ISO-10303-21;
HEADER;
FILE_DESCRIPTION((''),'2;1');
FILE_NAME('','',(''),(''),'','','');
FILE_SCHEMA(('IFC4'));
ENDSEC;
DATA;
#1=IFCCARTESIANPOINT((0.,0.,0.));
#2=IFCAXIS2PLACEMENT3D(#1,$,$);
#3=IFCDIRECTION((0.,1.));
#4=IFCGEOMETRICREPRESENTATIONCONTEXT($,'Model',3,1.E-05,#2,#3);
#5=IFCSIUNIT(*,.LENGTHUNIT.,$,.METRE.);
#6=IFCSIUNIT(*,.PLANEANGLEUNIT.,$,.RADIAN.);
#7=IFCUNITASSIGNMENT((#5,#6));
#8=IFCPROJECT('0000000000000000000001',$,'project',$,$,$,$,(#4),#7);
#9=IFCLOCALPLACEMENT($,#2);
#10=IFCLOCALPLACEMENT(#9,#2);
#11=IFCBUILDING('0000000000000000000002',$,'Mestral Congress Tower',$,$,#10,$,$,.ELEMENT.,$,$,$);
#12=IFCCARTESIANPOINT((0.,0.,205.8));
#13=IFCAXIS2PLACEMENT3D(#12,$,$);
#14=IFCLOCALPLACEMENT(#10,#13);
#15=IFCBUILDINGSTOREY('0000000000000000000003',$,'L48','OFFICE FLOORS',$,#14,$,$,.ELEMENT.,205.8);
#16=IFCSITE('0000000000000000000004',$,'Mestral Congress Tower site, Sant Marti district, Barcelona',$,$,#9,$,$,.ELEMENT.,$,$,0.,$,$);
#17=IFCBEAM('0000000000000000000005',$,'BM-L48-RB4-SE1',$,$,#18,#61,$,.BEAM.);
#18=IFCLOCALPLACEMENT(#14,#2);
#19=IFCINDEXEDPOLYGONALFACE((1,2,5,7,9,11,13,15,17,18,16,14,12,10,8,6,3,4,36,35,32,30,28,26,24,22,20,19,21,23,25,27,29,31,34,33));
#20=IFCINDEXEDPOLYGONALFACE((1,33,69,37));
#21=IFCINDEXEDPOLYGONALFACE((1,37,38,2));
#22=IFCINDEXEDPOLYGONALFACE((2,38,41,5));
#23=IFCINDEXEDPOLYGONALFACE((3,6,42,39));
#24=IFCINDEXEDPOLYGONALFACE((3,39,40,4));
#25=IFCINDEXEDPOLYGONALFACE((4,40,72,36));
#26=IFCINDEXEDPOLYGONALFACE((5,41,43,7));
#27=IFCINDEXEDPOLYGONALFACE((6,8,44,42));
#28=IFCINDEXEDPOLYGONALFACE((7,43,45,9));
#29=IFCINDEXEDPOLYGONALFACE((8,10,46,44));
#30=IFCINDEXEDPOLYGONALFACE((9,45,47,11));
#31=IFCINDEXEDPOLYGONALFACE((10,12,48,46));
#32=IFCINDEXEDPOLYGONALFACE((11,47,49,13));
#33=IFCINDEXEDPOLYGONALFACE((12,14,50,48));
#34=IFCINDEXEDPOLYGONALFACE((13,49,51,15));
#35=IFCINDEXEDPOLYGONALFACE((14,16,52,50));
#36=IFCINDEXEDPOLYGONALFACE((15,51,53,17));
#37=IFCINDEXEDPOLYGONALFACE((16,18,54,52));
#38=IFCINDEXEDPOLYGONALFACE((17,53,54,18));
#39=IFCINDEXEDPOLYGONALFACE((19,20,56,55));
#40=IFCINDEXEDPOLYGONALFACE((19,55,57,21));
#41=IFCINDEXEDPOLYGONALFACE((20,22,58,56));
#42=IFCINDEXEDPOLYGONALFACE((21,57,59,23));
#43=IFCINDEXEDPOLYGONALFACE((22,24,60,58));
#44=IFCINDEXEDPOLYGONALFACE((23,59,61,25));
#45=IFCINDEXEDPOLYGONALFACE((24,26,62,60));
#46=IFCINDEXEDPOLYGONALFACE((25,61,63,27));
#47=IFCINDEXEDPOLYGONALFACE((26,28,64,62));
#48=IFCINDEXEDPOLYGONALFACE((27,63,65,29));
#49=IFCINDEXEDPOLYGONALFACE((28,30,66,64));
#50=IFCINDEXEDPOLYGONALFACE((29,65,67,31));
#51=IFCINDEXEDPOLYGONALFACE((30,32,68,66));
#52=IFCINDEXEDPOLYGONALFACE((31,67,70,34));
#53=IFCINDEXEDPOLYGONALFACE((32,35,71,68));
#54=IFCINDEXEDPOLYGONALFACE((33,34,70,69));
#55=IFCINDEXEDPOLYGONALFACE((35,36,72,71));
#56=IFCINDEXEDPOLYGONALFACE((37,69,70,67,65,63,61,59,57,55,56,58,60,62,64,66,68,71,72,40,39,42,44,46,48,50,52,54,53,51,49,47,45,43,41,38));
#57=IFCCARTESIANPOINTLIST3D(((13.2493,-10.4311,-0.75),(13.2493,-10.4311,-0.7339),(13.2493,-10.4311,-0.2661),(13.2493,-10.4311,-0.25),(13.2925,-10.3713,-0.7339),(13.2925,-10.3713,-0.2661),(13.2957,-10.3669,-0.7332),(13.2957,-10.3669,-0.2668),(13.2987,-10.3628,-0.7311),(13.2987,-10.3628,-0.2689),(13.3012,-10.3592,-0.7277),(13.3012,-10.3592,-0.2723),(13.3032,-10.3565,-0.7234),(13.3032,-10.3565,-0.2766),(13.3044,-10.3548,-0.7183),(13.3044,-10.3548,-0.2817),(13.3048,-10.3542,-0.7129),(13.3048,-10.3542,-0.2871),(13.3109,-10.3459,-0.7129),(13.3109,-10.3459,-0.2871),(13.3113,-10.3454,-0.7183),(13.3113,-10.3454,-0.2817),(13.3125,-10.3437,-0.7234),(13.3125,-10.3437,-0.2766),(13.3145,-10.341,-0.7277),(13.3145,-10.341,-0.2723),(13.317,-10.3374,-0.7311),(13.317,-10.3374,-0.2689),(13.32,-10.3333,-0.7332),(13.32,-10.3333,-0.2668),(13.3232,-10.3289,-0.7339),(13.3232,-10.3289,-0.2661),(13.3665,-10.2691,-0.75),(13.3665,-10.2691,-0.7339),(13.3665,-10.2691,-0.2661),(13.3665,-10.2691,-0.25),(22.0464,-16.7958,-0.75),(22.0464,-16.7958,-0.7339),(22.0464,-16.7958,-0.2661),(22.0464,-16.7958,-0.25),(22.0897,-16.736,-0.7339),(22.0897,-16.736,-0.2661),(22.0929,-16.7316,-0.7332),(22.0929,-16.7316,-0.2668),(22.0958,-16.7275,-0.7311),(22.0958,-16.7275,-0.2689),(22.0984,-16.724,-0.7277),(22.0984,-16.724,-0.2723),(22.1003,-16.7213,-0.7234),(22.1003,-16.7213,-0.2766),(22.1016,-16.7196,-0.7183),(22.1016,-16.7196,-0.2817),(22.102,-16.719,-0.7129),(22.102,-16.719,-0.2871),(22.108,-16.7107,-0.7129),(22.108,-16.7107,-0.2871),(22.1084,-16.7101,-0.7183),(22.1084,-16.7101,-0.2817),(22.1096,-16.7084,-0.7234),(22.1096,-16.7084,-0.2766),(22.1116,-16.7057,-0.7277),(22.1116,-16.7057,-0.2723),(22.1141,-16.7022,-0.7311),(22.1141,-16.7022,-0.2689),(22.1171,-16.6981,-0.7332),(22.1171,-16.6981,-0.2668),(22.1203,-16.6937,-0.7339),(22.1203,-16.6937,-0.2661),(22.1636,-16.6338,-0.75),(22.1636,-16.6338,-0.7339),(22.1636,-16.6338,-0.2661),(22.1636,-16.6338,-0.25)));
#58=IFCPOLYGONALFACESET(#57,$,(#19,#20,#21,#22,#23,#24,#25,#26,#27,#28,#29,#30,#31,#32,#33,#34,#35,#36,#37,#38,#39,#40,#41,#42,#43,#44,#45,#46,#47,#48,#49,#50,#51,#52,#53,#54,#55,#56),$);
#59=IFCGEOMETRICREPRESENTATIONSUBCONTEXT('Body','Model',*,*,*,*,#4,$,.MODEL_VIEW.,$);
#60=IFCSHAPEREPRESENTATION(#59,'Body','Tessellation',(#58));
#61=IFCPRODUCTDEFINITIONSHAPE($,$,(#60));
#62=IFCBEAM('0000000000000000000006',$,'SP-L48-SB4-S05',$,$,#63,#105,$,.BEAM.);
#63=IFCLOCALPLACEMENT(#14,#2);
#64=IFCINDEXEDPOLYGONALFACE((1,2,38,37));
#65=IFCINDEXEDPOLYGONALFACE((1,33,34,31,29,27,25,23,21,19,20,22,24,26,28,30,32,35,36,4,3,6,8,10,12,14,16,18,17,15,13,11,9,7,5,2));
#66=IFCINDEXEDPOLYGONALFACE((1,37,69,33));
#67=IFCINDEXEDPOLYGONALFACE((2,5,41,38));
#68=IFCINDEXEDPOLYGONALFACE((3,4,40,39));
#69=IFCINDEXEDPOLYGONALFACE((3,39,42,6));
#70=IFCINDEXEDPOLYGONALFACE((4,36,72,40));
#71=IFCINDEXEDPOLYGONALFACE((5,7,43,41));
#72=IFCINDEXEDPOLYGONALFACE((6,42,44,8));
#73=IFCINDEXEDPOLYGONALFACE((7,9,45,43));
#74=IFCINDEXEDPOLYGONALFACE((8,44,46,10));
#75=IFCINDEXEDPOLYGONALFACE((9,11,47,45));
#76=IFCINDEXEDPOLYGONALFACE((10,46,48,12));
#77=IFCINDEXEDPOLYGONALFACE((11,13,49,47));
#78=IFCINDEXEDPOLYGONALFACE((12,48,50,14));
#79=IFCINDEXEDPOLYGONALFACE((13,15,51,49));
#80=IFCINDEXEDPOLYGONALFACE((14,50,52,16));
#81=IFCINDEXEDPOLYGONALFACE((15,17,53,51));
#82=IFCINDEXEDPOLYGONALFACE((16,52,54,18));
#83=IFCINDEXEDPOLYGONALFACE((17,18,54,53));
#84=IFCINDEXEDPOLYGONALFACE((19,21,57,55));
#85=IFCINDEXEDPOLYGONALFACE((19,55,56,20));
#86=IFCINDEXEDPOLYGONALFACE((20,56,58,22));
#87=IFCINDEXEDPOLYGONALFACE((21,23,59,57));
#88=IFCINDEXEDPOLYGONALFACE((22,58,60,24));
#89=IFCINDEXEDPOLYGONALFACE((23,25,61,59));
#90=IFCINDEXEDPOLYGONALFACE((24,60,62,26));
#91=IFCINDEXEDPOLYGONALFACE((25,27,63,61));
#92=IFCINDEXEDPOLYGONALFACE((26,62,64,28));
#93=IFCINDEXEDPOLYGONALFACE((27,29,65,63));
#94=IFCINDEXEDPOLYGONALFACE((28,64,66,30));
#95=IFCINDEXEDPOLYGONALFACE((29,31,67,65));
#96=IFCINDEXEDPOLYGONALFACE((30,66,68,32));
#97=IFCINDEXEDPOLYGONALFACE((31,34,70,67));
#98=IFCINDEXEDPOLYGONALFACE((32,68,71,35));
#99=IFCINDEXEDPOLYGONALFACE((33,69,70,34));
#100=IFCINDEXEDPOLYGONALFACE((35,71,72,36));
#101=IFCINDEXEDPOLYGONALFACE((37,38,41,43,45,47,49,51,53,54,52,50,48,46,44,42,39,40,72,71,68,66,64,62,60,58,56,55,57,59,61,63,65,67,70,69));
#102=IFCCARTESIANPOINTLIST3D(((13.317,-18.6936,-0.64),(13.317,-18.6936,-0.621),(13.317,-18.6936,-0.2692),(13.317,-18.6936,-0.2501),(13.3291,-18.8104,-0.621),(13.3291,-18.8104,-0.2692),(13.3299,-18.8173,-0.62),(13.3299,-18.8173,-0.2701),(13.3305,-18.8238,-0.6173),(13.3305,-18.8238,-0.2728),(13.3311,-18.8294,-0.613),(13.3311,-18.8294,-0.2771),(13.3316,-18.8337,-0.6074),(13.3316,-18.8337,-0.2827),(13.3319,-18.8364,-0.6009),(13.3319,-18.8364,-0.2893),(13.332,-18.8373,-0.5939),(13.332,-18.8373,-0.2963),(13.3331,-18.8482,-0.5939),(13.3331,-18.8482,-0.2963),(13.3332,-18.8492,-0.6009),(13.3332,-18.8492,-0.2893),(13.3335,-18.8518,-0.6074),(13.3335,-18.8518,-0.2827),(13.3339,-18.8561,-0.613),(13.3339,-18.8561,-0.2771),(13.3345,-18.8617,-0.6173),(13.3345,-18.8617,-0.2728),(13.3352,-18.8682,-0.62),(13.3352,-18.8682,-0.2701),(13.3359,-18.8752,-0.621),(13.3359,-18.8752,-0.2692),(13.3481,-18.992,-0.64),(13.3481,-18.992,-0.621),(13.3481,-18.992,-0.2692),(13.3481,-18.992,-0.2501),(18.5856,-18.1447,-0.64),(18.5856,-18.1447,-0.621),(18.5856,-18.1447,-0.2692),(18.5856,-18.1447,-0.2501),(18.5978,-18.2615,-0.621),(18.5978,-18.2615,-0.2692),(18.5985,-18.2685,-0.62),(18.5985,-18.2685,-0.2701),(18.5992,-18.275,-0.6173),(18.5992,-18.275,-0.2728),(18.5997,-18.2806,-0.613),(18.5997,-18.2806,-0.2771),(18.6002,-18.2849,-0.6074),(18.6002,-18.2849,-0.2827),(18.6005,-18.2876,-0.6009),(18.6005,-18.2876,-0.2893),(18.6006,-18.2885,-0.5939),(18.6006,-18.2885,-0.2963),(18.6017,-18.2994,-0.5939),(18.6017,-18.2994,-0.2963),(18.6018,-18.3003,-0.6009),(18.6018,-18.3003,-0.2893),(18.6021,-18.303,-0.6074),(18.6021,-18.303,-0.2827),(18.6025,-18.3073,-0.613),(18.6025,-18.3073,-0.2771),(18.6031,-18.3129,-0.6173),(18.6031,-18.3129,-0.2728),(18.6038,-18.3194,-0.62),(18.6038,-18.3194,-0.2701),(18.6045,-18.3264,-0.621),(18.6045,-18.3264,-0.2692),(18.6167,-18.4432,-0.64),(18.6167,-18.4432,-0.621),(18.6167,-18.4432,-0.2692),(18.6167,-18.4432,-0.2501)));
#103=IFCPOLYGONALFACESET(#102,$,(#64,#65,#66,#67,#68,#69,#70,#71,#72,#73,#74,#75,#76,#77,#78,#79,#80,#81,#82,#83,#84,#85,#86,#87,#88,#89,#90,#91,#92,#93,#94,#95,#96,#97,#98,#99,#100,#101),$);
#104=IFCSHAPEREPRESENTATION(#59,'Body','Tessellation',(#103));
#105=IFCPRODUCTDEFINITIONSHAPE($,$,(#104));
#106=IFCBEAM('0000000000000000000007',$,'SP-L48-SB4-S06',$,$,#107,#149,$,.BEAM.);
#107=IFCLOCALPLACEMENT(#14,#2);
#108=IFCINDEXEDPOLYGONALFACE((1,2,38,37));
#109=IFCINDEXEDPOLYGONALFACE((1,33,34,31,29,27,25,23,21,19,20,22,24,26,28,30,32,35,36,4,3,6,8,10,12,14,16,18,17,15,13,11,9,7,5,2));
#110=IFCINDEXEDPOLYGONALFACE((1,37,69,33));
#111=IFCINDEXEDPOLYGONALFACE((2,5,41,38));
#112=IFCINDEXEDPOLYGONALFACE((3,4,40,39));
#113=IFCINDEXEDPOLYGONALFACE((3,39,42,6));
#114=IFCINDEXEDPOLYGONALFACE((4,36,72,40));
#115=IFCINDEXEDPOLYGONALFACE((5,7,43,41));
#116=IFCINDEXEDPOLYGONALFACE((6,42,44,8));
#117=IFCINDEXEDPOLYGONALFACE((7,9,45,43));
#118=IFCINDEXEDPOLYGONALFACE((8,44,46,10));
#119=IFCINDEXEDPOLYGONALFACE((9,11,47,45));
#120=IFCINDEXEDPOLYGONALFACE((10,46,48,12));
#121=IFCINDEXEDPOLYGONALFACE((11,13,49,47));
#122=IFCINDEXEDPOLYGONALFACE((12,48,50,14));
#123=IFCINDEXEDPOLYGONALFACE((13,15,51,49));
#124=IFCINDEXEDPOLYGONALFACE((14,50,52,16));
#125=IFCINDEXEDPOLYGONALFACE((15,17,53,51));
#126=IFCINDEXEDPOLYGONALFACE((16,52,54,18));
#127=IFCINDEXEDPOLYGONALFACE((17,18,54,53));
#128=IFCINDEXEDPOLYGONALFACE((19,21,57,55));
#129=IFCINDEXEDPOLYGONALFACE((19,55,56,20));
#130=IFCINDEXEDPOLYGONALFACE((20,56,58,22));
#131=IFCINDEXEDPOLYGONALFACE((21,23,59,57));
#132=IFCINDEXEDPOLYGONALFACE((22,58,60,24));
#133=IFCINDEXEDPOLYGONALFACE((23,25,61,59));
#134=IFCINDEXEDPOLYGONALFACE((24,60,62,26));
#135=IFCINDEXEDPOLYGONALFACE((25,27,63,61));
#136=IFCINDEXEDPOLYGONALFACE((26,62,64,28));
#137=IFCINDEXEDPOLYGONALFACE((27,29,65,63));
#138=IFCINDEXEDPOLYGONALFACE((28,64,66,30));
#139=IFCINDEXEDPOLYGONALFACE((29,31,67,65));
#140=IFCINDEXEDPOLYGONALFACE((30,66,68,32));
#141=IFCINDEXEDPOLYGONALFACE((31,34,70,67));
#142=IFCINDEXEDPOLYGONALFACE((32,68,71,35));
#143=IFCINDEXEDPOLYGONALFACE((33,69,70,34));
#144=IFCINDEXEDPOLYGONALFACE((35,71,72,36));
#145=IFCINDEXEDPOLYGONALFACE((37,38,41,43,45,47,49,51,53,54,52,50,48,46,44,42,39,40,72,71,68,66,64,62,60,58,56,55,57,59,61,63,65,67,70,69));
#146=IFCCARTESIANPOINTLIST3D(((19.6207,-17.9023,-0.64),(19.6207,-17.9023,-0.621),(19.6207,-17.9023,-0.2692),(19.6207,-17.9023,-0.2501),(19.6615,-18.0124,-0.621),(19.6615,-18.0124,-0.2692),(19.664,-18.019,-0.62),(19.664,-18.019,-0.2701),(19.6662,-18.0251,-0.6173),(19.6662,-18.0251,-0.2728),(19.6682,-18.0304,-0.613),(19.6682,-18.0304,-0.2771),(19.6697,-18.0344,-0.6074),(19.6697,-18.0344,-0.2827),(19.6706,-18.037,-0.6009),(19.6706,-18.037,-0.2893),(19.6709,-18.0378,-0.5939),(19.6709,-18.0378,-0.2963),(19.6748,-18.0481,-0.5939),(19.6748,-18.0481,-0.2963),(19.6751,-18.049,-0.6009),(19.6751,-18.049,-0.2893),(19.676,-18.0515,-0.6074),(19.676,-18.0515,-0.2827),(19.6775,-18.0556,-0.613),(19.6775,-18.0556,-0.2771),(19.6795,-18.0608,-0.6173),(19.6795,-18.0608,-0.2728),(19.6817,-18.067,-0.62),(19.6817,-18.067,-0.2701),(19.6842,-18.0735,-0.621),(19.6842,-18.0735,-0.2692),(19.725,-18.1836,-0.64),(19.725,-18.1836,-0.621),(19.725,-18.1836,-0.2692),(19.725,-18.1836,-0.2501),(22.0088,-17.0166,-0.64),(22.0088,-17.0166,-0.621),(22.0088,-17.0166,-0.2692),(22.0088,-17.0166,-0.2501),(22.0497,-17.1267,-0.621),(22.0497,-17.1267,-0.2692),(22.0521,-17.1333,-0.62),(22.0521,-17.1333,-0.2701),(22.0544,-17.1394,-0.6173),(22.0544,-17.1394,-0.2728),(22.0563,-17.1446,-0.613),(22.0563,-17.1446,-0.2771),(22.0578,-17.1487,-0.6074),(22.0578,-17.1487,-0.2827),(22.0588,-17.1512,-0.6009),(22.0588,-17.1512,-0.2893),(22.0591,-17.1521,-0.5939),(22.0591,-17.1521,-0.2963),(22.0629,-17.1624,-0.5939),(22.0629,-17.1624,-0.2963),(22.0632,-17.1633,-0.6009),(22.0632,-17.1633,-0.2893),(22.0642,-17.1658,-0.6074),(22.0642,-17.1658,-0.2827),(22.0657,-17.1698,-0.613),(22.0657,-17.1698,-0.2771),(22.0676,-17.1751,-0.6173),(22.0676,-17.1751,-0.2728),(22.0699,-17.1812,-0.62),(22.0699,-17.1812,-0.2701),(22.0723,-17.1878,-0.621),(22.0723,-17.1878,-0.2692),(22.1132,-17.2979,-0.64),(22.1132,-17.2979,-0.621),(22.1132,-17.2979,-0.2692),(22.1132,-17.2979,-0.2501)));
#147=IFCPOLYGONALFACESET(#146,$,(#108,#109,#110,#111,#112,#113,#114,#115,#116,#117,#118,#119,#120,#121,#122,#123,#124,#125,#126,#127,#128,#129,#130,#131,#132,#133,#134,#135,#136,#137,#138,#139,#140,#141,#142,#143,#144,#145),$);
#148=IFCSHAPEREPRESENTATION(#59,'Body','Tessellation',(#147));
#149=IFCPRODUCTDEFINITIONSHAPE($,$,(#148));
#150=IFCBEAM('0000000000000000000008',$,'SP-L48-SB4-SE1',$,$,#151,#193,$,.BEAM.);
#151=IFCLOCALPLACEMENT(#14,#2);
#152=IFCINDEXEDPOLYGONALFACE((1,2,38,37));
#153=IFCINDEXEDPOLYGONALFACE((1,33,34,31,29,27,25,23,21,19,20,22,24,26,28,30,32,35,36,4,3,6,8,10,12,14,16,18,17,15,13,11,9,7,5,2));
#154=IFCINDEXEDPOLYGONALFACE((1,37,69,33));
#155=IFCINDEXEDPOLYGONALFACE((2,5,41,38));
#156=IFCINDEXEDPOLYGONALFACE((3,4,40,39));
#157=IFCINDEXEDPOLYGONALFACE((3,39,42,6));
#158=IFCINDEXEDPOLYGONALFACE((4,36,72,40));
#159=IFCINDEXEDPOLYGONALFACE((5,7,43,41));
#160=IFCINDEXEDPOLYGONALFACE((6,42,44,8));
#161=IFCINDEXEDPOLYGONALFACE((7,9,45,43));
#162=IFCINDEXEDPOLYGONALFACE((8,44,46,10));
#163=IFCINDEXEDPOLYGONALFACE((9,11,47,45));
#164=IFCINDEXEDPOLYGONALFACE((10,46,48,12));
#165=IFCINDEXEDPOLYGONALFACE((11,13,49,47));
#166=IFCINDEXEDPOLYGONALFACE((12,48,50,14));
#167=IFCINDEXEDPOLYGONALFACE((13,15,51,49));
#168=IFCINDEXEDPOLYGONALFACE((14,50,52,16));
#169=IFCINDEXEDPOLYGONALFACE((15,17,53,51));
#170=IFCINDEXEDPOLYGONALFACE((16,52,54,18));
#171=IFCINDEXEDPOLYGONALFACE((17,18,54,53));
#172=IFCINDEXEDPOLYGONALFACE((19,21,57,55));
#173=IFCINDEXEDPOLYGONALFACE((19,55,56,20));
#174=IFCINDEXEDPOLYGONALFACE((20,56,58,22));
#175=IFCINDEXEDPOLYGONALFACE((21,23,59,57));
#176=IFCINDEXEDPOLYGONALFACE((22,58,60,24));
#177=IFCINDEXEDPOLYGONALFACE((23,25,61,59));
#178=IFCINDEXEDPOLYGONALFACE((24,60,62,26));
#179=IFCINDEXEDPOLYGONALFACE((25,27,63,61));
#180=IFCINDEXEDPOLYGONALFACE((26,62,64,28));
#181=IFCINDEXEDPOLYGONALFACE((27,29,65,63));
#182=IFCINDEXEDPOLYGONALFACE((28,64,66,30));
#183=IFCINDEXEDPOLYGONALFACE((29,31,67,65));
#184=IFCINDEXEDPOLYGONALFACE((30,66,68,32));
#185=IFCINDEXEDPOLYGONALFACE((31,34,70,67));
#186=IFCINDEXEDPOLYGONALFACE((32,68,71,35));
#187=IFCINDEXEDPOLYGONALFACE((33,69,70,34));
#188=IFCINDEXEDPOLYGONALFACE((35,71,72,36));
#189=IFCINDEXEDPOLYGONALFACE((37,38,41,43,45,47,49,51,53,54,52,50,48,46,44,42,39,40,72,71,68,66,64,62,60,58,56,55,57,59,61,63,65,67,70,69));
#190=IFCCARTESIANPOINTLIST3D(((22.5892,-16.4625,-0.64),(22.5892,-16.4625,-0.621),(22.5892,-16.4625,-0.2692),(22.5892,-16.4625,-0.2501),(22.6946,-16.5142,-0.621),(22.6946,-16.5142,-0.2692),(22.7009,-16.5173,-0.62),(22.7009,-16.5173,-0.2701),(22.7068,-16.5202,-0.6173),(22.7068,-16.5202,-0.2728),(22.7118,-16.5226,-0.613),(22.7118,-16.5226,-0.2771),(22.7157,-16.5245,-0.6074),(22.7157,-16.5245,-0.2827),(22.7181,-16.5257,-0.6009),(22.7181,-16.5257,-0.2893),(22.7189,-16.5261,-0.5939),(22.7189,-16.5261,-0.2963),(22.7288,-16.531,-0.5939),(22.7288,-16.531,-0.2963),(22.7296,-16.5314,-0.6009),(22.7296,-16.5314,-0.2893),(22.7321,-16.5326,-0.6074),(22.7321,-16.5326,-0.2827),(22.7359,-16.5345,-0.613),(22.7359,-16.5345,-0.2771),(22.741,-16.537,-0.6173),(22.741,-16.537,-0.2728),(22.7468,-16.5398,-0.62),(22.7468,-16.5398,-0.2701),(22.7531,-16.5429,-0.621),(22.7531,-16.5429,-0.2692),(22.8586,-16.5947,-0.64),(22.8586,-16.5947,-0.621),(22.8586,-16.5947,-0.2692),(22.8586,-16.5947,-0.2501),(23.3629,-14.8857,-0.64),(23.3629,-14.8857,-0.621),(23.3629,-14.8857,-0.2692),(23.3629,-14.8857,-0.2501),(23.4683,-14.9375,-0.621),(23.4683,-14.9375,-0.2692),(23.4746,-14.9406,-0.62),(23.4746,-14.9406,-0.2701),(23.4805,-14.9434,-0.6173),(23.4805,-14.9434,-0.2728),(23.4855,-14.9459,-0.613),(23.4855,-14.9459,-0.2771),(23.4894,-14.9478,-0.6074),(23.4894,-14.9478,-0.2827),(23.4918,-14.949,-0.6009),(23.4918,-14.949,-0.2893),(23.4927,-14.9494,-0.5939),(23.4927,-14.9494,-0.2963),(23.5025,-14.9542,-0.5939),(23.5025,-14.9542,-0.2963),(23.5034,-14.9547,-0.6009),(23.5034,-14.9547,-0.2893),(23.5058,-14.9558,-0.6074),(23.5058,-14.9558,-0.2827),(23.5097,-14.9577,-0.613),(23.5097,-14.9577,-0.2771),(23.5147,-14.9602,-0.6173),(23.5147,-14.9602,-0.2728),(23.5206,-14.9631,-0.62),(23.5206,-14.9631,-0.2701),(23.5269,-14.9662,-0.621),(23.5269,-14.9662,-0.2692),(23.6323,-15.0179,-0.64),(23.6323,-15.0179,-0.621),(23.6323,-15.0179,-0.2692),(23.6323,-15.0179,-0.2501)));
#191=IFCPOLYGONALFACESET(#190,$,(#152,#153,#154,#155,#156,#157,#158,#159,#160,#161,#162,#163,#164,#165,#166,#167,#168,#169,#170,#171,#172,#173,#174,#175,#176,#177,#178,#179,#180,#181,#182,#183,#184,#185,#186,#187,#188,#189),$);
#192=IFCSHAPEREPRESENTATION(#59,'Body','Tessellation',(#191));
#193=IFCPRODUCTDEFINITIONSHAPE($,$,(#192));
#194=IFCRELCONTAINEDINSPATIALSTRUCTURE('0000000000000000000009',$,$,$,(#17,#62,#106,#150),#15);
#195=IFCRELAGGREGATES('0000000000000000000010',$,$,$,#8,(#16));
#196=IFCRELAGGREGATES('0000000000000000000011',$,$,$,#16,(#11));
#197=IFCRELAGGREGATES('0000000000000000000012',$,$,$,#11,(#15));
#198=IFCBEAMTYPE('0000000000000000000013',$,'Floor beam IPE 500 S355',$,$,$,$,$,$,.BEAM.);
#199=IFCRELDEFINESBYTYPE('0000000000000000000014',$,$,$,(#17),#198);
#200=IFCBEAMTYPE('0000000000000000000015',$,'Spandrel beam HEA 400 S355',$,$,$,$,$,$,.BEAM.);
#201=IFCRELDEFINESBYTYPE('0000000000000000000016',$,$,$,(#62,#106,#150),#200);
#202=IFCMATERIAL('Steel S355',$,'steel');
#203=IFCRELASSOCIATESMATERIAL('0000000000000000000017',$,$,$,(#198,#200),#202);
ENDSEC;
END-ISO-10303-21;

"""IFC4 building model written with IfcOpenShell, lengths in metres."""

from ifc_helpers import new_model, si_unit, direction, frame, origin, origin_2d, place, context, subcontext, project, spatial, i_section, extrude, material, material_profile, profile_set, type_object, element, save


model = new_model("IFC4")

# Units and contexts
model_context = context("Model", 3, precision=1e-05, world=origin(), true_north=direction((0.0, 1.0)))
body_context = subcontext(model_context, "Body", "Model", "MODEL_VIEW")
ifc_project = project(units=[si_unit("LENGTHUNIT", "METRE"), si_unit("PLANEANGLEUNIT", "RADIAN")], contexts=[model_context])

# Site, building, storey
site_placement = place(None, origin())
site = spatial("IfcSite", under=ifc_project, at=site_placement, Name="Mestral Congress Tower site, Sant Marti district, Barcelona", CompositionType="ELEMENT", RefElevation=0.0)
building_placement = place(site_placement, origin())
building = spatial("IfcBuilding", under=site, at=building_placement, Name="Mestral Congress Tower", CompositionType="ELEMENT")
storey_placement = place(building_placement, frame((0.0, 0.0, 205.8)))
storey = spatial("IfcBuildingStorey", under=building, at=storey_placement, Name="L48", Description="OFFICE FLOORS", CompositionType="ELEMENT", Elevation=205.8)

# Beams
ifc_material_1 = material(Name="Steel S355", Category="steel")
ifc_material_profile_1 = material_profile(ifc_material_1, i_section(OverallWidth=0.2, OverallDepth=0.5, WebThickness=0.0103, FlangeThickness=0.0161, FilletRadius=0.021, at=origin_2d()), Name="IPE 500")
ifc_profile_set_1 = profile_set([ifc_material_profile_1], Name="Steel S355")
beam_type_1 = type_object("IfcBeamType", Name="Floor beam IPE 500 S355", PredefinedType="BEAM", material=ifc_profile_set_1)
beam_1_placement = place(storey_placement, frame((22.105, -16.7148, -0.5), z_axis=(-0.810186, 0.586173, 0.0), x_axis=(-0.586173, -0.810186, 0.0)))
element("IfcBeam", 1, at=beam_1_placement, inside=storey, type_object=beam_type_1, Name="BM-L48-RB4-SE1", PredefinedType="BEAM", context=body_context, shape_type="SweptSolid", body=[
    extrude(i_section(OverallWidth=0.2, OverallDepth=0.5, WebThickness=0.0103, FlangeThickness=0.0161, FilletRadius=0.021, at=origin_2d()), origin(), (0.0, 0.0, 1.0), 10.8582),
])
ifc_material_profile_2 = material_profile(ifc_material_1, i_section(OverallWidth=0.3, OverallDepth=0.3899, WebThickness=0.011, FlangeThickness=0.019, FilletRadius=0.0271, at=origin_2d()), Name="HEA 400")
ifc_profile_set_2 = profile_set([ifc_material_profile_2], Name="Steel S355")
beam_type_2 = type_object("IfcBeamType", Name="Spandrel beam HEA 400 S355", PredefinedType="BEAM", material=ifc_profile_set_2)
beam_2_placement = place(storey_placement, frame((13.3325, -18.8428, -0.4451), z_axis=(0.994618, 0.10361, 0.0), x_axis=(-0.10361, 0.994618, 0.0)))
element("IfcBeam", 2, at=beam_2_placement, inside=storey, type_object=beam_type_2, Name="SP-L48-SB4-S05", PredefinedType="BEAM", context=body_context, shape_type="SweptSolid", body=[
    extrude(i_section(OverallWidth=0.3, OverallDepth=0.3899, WebThickness=0.011, FlangeThickness=0.019, FilletRadius=0.0271, at=origin_2d()), origin(), (0.0, 0.0, 1.0), 5.2971),
])
beam_3_placement = place(storey_placement, frame((19.6729, -18.043, -0.4451), z_axis=(0.937591, 0.347739, 0.0), x_axis=(-0.347739, 0.937591, 0.0)))
element("IfcBeam", 3, at=beam_3_placement, inside=storey, type_object=beam_type_2, Name="SP-L48-SB4-S06", PredefinedType="BEAM", context=body_context, shape_type="SweptSolid", body=[
    extrude(i_section(OverallWidth=0.3, OverallDepth=0.3899, WebThickness=0.011, FlangeThickness=0.019, FilletRadius=0.0271, at=origin_2d()), origin(), (0.0, 0.0, 1.0), 2.5471),
])
for number, where, z_axis, x_axis, name in (
    (4, (22.7239, -16.5286, -0.4451), (0.440529, 0.897739, 0.0), (-0.897739, 0.440529, 0.0), "SP-L48-SB4-SE1"),
):
    element("IfcBeam", number, at=place(storey_placement, frame(where, z_axis=z_axis, x_axis=x_axis)), inside=storey, type_object=beam_type_2, Name=name, PredefinedType="BEAM", context=body_context, shape_type="SweptSolid", body=[
        extrude(i_section(OverallWidth=0.3, OverallDepth=0.3899, WebThickness=0.011, FlangeThickness=0.019, FilletRadius=0.0271, at=origin_2d()), origin(), (0.0, 0.0, 1.0), 1.7563),
    ])

save(model, "model.ifc")
